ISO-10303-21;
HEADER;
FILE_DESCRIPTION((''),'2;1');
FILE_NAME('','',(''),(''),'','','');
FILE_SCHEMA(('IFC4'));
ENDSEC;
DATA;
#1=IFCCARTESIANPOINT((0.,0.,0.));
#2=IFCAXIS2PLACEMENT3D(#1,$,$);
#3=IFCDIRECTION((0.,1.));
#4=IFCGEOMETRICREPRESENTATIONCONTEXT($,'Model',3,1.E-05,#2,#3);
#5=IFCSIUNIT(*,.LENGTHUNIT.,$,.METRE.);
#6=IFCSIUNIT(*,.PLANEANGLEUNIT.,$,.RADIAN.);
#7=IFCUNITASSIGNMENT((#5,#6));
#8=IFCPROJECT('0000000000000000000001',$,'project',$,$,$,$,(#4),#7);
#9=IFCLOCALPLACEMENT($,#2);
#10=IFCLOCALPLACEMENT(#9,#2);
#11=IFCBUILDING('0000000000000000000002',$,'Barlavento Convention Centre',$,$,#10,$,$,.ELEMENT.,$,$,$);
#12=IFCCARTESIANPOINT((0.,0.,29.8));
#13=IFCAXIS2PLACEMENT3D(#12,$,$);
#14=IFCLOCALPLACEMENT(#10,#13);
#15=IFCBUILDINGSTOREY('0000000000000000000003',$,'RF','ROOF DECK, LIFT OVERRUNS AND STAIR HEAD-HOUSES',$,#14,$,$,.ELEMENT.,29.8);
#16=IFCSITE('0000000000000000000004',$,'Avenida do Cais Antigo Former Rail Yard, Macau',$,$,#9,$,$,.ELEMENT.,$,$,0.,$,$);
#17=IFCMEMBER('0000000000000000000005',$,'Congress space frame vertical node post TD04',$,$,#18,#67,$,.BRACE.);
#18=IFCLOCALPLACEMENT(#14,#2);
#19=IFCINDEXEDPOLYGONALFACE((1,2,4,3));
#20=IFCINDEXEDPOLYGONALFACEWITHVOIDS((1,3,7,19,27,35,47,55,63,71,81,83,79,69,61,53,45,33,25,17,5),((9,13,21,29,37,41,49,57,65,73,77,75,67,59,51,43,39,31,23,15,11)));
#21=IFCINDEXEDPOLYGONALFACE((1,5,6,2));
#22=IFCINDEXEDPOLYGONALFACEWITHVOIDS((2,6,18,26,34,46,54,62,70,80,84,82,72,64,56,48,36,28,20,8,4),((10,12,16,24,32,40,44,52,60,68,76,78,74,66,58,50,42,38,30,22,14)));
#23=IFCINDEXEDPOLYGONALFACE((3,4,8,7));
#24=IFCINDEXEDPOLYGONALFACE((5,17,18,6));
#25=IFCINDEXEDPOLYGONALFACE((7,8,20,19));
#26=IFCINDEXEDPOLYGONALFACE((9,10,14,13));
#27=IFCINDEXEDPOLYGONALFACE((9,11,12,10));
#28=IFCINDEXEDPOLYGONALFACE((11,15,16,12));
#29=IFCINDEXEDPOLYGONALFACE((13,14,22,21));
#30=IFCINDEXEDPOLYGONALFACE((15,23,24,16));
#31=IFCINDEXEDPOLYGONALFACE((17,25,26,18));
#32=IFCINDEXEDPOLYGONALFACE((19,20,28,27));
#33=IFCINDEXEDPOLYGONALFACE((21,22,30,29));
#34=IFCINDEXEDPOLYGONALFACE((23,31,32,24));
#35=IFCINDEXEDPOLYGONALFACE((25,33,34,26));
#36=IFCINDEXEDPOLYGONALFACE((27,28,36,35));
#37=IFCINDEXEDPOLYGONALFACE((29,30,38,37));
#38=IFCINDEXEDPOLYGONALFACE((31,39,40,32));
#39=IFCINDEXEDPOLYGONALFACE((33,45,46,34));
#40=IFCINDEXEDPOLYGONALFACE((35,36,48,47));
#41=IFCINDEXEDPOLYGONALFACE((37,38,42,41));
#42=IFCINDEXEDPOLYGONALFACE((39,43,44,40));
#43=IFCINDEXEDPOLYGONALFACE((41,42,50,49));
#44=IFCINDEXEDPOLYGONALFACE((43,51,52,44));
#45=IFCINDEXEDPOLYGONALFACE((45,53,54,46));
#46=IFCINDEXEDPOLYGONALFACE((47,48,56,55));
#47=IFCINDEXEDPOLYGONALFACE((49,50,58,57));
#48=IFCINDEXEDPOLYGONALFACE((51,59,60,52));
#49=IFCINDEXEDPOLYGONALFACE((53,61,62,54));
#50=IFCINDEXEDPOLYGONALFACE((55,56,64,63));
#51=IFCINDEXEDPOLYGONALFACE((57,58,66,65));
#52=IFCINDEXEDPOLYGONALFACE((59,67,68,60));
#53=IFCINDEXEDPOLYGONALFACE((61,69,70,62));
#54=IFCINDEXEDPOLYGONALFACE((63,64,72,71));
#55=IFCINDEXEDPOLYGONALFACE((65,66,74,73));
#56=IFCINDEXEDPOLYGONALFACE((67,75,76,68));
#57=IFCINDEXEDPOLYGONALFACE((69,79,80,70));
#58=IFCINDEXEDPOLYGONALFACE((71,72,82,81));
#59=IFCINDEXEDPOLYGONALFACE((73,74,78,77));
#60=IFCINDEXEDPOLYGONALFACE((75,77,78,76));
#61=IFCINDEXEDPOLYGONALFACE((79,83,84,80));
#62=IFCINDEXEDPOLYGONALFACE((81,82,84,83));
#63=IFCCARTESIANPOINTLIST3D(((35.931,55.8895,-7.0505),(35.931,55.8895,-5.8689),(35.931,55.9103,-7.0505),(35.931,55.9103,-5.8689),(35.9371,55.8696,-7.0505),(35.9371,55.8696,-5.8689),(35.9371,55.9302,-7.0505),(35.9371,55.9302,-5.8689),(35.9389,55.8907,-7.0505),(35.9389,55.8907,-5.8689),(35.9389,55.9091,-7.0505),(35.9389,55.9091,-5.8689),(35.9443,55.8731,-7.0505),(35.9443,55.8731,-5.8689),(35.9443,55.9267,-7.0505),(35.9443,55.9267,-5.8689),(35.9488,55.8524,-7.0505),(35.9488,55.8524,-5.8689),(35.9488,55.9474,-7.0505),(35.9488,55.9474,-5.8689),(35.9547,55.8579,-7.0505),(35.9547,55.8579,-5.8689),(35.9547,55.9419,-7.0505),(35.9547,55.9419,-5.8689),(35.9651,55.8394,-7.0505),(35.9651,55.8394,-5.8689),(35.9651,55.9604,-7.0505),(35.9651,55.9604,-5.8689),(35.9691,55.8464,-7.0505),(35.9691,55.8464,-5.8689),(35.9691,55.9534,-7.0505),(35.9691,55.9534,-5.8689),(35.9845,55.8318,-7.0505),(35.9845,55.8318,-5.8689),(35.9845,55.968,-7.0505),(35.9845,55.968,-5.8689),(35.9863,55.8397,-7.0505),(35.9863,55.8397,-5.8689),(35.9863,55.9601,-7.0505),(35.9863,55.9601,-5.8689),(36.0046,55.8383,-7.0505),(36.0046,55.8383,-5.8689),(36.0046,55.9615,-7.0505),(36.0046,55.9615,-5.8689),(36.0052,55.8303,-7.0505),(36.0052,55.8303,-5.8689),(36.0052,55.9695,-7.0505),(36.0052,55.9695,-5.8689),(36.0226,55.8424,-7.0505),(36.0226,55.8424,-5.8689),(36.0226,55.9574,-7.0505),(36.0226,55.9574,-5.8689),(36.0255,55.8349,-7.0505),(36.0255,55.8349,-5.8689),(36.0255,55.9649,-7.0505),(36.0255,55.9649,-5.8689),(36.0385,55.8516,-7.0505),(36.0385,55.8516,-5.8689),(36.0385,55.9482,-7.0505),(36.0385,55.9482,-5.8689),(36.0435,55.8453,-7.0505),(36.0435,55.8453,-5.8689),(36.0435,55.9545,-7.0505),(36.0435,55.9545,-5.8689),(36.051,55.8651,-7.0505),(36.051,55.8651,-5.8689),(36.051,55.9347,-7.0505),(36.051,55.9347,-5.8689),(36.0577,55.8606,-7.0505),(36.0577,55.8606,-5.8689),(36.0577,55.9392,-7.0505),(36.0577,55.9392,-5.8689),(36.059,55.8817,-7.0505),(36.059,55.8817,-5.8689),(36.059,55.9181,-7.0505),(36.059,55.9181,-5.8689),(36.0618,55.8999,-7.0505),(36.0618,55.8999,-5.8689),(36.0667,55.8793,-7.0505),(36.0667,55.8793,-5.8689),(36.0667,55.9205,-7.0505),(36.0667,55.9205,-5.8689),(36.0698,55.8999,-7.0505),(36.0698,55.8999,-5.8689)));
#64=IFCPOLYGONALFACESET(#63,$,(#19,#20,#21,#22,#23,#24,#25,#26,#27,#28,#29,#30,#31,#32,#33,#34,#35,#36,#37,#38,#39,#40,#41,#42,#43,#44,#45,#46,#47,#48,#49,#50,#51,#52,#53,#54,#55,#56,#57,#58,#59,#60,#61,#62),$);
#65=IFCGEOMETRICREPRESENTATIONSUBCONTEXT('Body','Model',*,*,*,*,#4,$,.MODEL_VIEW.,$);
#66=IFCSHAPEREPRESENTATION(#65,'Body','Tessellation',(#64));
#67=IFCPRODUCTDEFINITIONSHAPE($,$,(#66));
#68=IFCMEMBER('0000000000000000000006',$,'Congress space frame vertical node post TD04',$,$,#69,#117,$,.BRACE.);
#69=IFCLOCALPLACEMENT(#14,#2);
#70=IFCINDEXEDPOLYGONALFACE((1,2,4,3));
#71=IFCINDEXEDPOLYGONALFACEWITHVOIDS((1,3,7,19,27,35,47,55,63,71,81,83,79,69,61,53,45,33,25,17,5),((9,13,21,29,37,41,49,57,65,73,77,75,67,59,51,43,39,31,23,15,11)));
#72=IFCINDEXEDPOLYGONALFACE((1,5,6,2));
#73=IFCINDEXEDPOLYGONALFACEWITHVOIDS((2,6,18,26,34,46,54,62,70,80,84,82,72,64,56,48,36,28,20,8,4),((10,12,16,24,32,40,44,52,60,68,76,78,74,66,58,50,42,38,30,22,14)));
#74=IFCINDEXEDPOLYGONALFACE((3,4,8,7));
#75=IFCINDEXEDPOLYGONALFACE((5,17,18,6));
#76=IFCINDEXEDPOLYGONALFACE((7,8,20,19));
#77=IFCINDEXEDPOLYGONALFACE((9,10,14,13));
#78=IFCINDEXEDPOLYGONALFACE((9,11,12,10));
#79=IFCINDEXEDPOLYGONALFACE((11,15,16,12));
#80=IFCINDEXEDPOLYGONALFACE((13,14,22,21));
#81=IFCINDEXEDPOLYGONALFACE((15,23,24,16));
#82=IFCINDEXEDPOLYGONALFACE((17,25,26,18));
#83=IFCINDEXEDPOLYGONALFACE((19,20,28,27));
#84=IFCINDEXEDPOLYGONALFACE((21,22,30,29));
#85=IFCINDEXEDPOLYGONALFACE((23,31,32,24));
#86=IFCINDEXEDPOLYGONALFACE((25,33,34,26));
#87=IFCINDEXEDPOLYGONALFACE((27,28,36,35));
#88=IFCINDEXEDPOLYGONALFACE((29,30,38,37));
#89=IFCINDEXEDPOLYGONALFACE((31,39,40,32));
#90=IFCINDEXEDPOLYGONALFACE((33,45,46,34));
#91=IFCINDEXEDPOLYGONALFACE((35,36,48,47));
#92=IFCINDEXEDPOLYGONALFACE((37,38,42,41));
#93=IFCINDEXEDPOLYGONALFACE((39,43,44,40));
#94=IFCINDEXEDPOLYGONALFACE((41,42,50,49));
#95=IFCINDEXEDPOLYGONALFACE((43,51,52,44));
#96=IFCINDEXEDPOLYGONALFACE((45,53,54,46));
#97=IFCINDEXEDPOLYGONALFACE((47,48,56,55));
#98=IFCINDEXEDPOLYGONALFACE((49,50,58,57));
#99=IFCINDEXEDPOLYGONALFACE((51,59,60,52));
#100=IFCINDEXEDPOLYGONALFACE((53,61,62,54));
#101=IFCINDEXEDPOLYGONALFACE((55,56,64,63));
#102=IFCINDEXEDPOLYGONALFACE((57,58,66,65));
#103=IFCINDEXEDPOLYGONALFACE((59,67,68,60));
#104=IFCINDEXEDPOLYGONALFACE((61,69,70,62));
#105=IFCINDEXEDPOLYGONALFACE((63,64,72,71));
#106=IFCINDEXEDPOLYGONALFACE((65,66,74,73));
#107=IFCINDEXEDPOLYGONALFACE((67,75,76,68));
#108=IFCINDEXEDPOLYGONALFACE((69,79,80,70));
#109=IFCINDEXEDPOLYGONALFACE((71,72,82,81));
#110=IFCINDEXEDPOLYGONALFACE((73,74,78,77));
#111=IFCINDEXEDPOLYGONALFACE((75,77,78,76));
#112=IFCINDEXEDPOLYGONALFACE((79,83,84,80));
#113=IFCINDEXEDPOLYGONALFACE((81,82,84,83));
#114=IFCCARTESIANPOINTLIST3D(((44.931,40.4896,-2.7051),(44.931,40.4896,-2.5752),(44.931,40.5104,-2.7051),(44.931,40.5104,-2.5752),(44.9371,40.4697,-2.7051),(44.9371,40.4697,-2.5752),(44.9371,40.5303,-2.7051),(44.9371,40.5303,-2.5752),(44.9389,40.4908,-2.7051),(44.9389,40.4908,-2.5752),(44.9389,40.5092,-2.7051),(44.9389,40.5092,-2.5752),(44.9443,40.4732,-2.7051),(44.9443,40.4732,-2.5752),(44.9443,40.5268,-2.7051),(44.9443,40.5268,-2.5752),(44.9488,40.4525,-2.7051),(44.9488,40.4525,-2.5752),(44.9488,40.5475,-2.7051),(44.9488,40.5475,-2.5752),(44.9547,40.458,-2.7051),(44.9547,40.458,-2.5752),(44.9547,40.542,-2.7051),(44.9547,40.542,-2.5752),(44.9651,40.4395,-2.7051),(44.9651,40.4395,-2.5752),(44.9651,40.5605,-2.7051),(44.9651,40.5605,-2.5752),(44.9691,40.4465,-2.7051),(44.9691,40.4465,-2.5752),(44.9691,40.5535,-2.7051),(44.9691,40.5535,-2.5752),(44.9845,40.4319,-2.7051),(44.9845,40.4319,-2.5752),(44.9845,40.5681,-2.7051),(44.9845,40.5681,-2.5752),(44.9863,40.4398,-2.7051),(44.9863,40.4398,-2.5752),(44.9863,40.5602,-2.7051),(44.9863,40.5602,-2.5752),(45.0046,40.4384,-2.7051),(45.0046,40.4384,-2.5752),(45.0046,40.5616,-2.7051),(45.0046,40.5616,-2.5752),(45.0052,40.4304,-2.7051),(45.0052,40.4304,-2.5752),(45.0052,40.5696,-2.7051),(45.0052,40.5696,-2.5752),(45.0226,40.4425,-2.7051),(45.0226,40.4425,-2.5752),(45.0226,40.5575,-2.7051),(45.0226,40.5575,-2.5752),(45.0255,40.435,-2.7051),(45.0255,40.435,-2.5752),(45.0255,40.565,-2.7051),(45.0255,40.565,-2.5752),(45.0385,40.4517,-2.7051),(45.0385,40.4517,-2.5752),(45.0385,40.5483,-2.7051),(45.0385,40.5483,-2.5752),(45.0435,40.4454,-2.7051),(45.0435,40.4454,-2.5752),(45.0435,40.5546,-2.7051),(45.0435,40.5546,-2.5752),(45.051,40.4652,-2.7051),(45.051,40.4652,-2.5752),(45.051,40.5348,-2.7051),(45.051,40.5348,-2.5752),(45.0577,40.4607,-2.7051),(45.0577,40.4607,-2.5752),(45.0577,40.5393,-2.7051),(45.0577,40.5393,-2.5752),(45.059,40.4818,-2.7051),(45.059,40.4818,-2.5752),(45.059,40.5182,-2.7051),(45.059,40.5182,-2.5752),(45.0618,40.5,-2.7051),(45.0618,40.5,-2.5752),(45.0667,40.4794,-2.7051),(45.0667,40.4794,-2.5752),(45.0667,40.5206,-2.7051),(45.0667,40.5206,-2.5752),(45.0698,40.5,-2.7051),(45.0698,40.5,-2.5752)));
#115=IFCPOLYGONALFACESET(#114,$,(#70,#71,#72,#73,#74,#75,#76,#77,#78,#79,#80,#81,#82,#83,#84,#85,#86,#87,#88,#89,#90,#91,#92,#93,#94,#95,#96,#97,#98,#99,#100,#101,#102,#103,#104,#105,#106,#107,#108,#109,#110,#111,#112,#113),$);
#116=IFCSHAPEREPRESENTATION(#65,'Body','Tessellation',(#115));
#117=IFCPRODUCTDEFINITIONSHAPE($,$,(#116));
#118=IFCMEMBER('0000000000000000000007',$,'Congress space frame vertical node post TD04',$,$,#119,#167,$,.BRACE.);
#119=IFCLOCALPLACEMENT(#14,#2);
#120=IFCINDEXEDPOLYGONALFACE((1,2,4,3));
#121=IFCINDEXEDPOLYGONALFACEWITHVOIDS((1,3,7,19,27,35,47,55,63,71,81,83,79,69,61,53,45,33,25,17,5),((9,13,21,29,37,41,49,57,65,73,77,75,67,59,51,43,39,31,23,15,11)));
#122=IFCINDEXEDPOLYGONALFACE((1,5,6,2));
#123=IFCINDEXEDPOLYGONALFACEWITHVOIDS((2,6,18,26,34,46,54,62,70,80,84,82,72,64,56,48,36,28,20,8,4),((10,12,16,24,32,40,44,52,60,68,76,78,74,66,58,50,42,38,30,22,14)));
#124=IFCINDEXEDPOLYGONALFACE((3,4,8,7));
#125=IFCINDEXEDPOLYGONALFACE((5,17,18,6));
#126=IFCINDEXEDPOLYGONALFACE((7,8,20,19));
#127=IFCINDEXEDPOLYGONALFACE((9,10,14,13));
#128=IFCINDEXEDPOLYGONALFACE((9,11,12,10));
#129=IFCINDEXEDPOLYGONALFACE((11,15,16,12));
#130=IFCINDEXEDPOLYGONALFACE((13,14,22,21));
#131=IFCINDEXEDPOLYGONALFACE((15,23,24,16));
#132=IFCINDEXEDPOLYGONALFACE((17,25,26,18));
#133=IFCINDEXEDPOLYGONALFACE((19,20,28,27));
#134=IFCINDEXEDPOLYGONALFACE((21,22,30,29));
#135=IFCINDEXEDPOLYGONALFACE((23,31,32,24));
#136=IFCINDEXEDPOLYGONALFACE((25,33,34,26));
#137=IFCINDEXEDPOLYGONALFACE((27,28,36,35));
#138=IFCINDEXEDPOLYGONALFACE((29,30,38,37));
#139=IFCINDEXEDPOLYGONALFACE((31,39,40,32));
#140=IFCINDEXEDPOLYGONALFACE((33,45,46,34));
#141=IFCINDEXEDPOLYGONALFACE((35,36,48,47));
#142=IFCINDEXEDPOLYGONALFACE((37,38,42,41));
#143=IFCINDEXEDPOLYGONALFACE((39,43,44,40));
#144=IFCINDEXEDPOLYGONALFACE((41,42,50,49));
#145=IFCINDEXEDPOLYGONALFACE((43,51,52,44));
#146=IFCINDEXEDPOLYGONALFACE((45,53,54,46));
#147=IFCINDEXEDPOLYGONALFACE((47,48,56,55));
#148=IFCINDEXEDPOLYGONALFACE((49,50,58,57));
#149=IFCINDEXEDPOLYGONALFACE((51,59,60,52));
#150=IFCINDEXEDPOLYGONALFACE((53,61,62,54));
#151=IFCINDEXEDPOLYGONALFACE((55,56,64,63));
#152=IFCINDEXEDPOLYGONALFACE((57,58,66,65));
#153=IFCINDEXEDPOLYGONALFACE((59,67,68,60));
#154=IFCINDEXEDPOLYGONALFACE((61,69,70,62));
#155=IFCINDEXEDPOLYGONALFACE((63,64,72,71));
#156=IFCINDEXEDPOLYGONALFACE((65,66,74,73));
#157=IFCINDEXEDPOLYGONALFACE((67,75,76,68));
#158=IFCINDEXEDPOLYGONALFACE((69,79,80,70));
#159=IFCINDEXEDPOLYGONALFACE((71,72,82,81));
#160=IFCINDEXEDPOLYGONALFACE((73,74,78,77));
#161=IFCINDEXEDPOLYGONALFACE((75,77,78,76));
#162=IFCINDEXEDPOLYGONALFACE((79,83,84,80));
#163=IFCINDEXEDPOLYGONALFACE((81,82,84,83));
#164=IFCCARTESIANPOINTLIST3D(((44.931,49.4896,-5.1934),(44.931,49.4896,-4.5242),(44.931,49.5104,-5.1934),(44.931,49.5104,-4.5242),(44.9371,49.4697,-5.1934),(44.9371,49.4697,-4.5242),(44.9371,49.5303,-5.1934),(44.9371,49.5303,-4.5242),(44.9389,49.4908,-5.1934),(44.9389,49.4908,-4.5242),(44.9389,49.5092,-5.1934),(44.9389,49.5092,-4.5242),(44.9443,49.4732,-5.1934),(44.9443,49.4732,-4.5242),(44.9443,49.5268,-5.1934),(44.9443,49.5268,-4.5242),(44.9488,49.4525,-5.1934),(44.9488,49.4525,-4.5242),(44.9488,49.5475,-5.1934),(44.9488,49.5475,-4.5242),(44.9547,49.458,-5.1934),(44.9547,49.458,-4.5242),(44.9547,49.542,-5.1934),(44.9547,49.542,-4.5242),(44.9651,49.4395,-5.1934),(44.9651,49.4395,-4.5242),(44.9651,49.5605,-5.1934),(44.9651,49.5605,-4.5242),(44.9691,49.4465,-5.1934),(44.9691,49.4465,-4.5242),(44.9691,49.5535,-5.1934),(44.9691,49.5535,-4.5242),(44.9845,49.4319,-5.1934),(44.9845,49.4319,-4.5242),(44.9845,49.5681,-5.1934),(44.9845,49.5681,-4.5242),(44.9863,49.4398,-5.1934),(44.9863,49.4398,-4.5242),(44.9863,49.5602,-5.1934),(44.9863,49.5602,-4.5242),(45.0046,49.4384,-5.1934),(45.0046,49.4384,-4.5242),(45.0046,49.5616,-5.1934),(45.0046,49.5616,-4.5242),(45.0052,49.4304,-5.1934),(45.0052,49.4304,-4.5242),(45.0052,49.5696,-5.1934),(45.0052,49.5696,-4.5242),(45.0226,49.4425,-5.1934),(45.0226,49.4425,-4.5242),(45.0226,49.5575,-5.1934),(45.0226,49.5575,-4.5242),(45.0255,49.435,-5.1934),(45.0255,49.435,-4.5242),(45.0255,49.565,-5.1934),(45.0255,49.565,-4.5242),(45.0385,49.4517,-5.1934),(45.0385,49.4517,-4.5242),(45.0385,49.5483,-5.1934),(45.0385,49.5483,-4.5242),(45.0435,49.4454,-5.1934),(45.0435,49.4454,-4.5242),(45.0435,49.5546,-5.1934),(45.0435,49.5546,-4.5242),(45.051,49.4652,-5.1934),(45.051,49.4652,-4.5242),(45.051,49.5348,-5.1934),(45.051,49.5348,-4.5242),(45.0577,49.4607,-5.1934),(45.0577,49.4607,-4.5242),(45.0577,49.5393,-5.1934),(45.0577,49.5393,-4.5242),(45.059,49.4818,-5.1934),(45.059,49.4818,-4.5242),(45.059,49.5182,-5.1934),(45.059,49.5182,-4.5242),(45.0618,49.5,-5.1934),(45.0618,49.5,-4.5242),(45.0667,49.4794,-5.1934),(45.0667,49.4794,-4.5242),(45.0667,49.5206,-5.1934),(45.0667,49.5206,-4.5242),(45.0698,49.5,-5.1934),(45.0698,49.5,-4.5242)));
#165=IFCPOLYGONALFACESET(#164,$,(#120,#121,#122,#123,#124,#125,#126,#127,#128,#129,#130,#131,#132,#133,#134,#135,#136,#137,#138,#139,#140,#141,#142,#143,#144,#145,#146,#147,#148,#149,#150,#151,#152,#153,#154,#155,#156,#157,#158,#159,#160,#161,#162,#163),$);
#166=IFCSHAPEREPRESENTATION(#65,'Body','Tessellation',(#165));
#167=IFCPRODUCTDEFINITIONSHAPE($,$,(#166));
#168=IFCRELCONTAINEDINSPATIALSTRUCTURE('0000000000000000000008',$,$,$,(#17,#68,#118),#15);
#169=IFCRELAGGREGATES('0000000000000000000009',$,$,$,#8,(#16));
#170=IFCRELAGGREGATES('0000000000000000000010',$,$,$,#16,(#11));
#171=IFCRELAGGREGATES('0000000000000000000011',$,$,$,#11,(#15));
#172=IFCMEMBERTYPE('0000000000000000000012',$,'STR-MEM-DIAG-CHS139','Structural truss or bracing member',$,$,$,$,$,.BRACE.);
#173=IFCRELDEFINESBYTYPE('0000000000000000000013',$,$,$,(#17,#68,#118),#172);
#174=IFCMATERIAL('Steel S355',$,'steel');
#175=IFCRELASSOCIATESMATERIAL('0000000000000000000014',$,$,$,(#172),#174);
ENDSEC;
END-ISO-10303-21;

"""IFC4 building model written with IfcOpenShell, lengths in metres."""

from ifc_helpers import new_model, si_unit, direction, frame, origin, origin_2d, place, context, subcontext, project, spatial, hollow_circle, extrude, material, material_profile, profile_set, type_object, element, save


model = new_model("IFC4")

# Units and contexts
model_context = context("Model", 3, precision=1e-05, world=origin(), true_north=direction((0.0, 1.0)))
body_context = subcontext(model_context, "Body", "Model", "MODEL_VIEW")
ifc_project = project(units=[si_unit("LENGTHUNIT", "METRE"), si_unit("PLANEANGLEUNIT", "RADIAN")], contexts=[model_context])

# Site, building, storey
site_placement = place(None, origin())
site = spatial("IfcSite", under=ifc_project, at=site_placement, Name="Avenida do Cais Antigo Former Rail Yard, Macau", CompositionType="ELEMENT", RefElevation=0.0)
building_placement = place(site_placement, origin())
building = spatial("IfcBuilding", under=site, at=building_placement, Name="Barlavento Convention Centre", CompositionType="ELEMENT")
storey_placement = place(building_placement, frame((0.0, 0.0, 29.8)))
storey = spatial("IfcBuildingStorey", under=building, at=storey_placement, Name="RF", Description="ROOF DECK, LIFT OVERRUNS AND STAIR HEAD-HOUSES", CompositionType="ELEMENT", Elevation=29.8)

# Shared definitions
ifc_material_1 = material(Name="Steel S355", Category="steel")

# Members
ifc_material_profile_1 = material_profile(ifc_material_1, hollow_circle(Radius=0.0698, WallThickness=0.0081, at=origin_2d()), Name="CHS 139.7x8.0")
ifc_profile_set_1 = profile_set([ifc_material_profile_1], Name="Steel S355")
member_type_1 = type_object("IfcMemberType", Name="STR-MEM-DIAG-CHS139", Description="Structural truss or bracing member", PredefinedType="BRACE", material=ifc_profile_set_1)
member_1_placement = place(storey_placement, frame((36.0, 55.8999, -7.0505), z_axis=(0.0, 0.0, 1.0), x_axis=(1.0, 0.0, 0.0)))
element("IfcMember", 1, at=member_1_placement, inside=storey, type_object=member_type_1, Name="Congress space frame vertical node post TD04", PredefinedType="BRACE", context=body_context, shape_type="SweptSolid", body=[
    extrude(hollow_circle(Radius=0.0698, WallThickness=0.0081, at=origin_2d()), origin(), (0.0, 0.0, 1.0), 1.1816),
])
member_2_placement = place(storey_placement, frame((45.0, 40.5, -2.7051), z_axis=(0.0, 0.0, 1.0), x_axis=(1.0, 0.0, 0.0)))
element("IfcMember", 2, at=member_2_placement, inside=storey, type_object=member_type_1, Name="Congress space frame vertical node post TD04", PredefinedType="BRACE", context=body_context, shape_type="SweptSolid", body=[
    extrude(hollow_circle(Radius=0.0698, WallThickness=0.0081, at=origin_2d()), origin(), (0.0, 0.0, 1.0), 0.1299),
])
member_3_placement = place(storey_placement, frame((45.0, 49.5, -5.1934), z_axis=(0.0, 0.0, 1.0), x_axis=(1.0, 0.0, 0.0)))
element("IfcMember", 3, at=member_3_placement, inside=storey, type_object=member_type_1, Name="Congress space frame vertical node post TD04", PredefinedType="BRACE", context=body_context, shape_type="SweptSolid", body=[
    extrude(hollow_circle(Radius=0.0698, WallThickness=0.0081, at=origin_2d()), origin(), (0.0, 0.0, 1.0), 0.6692),
])

save(model, "model.ifc")
